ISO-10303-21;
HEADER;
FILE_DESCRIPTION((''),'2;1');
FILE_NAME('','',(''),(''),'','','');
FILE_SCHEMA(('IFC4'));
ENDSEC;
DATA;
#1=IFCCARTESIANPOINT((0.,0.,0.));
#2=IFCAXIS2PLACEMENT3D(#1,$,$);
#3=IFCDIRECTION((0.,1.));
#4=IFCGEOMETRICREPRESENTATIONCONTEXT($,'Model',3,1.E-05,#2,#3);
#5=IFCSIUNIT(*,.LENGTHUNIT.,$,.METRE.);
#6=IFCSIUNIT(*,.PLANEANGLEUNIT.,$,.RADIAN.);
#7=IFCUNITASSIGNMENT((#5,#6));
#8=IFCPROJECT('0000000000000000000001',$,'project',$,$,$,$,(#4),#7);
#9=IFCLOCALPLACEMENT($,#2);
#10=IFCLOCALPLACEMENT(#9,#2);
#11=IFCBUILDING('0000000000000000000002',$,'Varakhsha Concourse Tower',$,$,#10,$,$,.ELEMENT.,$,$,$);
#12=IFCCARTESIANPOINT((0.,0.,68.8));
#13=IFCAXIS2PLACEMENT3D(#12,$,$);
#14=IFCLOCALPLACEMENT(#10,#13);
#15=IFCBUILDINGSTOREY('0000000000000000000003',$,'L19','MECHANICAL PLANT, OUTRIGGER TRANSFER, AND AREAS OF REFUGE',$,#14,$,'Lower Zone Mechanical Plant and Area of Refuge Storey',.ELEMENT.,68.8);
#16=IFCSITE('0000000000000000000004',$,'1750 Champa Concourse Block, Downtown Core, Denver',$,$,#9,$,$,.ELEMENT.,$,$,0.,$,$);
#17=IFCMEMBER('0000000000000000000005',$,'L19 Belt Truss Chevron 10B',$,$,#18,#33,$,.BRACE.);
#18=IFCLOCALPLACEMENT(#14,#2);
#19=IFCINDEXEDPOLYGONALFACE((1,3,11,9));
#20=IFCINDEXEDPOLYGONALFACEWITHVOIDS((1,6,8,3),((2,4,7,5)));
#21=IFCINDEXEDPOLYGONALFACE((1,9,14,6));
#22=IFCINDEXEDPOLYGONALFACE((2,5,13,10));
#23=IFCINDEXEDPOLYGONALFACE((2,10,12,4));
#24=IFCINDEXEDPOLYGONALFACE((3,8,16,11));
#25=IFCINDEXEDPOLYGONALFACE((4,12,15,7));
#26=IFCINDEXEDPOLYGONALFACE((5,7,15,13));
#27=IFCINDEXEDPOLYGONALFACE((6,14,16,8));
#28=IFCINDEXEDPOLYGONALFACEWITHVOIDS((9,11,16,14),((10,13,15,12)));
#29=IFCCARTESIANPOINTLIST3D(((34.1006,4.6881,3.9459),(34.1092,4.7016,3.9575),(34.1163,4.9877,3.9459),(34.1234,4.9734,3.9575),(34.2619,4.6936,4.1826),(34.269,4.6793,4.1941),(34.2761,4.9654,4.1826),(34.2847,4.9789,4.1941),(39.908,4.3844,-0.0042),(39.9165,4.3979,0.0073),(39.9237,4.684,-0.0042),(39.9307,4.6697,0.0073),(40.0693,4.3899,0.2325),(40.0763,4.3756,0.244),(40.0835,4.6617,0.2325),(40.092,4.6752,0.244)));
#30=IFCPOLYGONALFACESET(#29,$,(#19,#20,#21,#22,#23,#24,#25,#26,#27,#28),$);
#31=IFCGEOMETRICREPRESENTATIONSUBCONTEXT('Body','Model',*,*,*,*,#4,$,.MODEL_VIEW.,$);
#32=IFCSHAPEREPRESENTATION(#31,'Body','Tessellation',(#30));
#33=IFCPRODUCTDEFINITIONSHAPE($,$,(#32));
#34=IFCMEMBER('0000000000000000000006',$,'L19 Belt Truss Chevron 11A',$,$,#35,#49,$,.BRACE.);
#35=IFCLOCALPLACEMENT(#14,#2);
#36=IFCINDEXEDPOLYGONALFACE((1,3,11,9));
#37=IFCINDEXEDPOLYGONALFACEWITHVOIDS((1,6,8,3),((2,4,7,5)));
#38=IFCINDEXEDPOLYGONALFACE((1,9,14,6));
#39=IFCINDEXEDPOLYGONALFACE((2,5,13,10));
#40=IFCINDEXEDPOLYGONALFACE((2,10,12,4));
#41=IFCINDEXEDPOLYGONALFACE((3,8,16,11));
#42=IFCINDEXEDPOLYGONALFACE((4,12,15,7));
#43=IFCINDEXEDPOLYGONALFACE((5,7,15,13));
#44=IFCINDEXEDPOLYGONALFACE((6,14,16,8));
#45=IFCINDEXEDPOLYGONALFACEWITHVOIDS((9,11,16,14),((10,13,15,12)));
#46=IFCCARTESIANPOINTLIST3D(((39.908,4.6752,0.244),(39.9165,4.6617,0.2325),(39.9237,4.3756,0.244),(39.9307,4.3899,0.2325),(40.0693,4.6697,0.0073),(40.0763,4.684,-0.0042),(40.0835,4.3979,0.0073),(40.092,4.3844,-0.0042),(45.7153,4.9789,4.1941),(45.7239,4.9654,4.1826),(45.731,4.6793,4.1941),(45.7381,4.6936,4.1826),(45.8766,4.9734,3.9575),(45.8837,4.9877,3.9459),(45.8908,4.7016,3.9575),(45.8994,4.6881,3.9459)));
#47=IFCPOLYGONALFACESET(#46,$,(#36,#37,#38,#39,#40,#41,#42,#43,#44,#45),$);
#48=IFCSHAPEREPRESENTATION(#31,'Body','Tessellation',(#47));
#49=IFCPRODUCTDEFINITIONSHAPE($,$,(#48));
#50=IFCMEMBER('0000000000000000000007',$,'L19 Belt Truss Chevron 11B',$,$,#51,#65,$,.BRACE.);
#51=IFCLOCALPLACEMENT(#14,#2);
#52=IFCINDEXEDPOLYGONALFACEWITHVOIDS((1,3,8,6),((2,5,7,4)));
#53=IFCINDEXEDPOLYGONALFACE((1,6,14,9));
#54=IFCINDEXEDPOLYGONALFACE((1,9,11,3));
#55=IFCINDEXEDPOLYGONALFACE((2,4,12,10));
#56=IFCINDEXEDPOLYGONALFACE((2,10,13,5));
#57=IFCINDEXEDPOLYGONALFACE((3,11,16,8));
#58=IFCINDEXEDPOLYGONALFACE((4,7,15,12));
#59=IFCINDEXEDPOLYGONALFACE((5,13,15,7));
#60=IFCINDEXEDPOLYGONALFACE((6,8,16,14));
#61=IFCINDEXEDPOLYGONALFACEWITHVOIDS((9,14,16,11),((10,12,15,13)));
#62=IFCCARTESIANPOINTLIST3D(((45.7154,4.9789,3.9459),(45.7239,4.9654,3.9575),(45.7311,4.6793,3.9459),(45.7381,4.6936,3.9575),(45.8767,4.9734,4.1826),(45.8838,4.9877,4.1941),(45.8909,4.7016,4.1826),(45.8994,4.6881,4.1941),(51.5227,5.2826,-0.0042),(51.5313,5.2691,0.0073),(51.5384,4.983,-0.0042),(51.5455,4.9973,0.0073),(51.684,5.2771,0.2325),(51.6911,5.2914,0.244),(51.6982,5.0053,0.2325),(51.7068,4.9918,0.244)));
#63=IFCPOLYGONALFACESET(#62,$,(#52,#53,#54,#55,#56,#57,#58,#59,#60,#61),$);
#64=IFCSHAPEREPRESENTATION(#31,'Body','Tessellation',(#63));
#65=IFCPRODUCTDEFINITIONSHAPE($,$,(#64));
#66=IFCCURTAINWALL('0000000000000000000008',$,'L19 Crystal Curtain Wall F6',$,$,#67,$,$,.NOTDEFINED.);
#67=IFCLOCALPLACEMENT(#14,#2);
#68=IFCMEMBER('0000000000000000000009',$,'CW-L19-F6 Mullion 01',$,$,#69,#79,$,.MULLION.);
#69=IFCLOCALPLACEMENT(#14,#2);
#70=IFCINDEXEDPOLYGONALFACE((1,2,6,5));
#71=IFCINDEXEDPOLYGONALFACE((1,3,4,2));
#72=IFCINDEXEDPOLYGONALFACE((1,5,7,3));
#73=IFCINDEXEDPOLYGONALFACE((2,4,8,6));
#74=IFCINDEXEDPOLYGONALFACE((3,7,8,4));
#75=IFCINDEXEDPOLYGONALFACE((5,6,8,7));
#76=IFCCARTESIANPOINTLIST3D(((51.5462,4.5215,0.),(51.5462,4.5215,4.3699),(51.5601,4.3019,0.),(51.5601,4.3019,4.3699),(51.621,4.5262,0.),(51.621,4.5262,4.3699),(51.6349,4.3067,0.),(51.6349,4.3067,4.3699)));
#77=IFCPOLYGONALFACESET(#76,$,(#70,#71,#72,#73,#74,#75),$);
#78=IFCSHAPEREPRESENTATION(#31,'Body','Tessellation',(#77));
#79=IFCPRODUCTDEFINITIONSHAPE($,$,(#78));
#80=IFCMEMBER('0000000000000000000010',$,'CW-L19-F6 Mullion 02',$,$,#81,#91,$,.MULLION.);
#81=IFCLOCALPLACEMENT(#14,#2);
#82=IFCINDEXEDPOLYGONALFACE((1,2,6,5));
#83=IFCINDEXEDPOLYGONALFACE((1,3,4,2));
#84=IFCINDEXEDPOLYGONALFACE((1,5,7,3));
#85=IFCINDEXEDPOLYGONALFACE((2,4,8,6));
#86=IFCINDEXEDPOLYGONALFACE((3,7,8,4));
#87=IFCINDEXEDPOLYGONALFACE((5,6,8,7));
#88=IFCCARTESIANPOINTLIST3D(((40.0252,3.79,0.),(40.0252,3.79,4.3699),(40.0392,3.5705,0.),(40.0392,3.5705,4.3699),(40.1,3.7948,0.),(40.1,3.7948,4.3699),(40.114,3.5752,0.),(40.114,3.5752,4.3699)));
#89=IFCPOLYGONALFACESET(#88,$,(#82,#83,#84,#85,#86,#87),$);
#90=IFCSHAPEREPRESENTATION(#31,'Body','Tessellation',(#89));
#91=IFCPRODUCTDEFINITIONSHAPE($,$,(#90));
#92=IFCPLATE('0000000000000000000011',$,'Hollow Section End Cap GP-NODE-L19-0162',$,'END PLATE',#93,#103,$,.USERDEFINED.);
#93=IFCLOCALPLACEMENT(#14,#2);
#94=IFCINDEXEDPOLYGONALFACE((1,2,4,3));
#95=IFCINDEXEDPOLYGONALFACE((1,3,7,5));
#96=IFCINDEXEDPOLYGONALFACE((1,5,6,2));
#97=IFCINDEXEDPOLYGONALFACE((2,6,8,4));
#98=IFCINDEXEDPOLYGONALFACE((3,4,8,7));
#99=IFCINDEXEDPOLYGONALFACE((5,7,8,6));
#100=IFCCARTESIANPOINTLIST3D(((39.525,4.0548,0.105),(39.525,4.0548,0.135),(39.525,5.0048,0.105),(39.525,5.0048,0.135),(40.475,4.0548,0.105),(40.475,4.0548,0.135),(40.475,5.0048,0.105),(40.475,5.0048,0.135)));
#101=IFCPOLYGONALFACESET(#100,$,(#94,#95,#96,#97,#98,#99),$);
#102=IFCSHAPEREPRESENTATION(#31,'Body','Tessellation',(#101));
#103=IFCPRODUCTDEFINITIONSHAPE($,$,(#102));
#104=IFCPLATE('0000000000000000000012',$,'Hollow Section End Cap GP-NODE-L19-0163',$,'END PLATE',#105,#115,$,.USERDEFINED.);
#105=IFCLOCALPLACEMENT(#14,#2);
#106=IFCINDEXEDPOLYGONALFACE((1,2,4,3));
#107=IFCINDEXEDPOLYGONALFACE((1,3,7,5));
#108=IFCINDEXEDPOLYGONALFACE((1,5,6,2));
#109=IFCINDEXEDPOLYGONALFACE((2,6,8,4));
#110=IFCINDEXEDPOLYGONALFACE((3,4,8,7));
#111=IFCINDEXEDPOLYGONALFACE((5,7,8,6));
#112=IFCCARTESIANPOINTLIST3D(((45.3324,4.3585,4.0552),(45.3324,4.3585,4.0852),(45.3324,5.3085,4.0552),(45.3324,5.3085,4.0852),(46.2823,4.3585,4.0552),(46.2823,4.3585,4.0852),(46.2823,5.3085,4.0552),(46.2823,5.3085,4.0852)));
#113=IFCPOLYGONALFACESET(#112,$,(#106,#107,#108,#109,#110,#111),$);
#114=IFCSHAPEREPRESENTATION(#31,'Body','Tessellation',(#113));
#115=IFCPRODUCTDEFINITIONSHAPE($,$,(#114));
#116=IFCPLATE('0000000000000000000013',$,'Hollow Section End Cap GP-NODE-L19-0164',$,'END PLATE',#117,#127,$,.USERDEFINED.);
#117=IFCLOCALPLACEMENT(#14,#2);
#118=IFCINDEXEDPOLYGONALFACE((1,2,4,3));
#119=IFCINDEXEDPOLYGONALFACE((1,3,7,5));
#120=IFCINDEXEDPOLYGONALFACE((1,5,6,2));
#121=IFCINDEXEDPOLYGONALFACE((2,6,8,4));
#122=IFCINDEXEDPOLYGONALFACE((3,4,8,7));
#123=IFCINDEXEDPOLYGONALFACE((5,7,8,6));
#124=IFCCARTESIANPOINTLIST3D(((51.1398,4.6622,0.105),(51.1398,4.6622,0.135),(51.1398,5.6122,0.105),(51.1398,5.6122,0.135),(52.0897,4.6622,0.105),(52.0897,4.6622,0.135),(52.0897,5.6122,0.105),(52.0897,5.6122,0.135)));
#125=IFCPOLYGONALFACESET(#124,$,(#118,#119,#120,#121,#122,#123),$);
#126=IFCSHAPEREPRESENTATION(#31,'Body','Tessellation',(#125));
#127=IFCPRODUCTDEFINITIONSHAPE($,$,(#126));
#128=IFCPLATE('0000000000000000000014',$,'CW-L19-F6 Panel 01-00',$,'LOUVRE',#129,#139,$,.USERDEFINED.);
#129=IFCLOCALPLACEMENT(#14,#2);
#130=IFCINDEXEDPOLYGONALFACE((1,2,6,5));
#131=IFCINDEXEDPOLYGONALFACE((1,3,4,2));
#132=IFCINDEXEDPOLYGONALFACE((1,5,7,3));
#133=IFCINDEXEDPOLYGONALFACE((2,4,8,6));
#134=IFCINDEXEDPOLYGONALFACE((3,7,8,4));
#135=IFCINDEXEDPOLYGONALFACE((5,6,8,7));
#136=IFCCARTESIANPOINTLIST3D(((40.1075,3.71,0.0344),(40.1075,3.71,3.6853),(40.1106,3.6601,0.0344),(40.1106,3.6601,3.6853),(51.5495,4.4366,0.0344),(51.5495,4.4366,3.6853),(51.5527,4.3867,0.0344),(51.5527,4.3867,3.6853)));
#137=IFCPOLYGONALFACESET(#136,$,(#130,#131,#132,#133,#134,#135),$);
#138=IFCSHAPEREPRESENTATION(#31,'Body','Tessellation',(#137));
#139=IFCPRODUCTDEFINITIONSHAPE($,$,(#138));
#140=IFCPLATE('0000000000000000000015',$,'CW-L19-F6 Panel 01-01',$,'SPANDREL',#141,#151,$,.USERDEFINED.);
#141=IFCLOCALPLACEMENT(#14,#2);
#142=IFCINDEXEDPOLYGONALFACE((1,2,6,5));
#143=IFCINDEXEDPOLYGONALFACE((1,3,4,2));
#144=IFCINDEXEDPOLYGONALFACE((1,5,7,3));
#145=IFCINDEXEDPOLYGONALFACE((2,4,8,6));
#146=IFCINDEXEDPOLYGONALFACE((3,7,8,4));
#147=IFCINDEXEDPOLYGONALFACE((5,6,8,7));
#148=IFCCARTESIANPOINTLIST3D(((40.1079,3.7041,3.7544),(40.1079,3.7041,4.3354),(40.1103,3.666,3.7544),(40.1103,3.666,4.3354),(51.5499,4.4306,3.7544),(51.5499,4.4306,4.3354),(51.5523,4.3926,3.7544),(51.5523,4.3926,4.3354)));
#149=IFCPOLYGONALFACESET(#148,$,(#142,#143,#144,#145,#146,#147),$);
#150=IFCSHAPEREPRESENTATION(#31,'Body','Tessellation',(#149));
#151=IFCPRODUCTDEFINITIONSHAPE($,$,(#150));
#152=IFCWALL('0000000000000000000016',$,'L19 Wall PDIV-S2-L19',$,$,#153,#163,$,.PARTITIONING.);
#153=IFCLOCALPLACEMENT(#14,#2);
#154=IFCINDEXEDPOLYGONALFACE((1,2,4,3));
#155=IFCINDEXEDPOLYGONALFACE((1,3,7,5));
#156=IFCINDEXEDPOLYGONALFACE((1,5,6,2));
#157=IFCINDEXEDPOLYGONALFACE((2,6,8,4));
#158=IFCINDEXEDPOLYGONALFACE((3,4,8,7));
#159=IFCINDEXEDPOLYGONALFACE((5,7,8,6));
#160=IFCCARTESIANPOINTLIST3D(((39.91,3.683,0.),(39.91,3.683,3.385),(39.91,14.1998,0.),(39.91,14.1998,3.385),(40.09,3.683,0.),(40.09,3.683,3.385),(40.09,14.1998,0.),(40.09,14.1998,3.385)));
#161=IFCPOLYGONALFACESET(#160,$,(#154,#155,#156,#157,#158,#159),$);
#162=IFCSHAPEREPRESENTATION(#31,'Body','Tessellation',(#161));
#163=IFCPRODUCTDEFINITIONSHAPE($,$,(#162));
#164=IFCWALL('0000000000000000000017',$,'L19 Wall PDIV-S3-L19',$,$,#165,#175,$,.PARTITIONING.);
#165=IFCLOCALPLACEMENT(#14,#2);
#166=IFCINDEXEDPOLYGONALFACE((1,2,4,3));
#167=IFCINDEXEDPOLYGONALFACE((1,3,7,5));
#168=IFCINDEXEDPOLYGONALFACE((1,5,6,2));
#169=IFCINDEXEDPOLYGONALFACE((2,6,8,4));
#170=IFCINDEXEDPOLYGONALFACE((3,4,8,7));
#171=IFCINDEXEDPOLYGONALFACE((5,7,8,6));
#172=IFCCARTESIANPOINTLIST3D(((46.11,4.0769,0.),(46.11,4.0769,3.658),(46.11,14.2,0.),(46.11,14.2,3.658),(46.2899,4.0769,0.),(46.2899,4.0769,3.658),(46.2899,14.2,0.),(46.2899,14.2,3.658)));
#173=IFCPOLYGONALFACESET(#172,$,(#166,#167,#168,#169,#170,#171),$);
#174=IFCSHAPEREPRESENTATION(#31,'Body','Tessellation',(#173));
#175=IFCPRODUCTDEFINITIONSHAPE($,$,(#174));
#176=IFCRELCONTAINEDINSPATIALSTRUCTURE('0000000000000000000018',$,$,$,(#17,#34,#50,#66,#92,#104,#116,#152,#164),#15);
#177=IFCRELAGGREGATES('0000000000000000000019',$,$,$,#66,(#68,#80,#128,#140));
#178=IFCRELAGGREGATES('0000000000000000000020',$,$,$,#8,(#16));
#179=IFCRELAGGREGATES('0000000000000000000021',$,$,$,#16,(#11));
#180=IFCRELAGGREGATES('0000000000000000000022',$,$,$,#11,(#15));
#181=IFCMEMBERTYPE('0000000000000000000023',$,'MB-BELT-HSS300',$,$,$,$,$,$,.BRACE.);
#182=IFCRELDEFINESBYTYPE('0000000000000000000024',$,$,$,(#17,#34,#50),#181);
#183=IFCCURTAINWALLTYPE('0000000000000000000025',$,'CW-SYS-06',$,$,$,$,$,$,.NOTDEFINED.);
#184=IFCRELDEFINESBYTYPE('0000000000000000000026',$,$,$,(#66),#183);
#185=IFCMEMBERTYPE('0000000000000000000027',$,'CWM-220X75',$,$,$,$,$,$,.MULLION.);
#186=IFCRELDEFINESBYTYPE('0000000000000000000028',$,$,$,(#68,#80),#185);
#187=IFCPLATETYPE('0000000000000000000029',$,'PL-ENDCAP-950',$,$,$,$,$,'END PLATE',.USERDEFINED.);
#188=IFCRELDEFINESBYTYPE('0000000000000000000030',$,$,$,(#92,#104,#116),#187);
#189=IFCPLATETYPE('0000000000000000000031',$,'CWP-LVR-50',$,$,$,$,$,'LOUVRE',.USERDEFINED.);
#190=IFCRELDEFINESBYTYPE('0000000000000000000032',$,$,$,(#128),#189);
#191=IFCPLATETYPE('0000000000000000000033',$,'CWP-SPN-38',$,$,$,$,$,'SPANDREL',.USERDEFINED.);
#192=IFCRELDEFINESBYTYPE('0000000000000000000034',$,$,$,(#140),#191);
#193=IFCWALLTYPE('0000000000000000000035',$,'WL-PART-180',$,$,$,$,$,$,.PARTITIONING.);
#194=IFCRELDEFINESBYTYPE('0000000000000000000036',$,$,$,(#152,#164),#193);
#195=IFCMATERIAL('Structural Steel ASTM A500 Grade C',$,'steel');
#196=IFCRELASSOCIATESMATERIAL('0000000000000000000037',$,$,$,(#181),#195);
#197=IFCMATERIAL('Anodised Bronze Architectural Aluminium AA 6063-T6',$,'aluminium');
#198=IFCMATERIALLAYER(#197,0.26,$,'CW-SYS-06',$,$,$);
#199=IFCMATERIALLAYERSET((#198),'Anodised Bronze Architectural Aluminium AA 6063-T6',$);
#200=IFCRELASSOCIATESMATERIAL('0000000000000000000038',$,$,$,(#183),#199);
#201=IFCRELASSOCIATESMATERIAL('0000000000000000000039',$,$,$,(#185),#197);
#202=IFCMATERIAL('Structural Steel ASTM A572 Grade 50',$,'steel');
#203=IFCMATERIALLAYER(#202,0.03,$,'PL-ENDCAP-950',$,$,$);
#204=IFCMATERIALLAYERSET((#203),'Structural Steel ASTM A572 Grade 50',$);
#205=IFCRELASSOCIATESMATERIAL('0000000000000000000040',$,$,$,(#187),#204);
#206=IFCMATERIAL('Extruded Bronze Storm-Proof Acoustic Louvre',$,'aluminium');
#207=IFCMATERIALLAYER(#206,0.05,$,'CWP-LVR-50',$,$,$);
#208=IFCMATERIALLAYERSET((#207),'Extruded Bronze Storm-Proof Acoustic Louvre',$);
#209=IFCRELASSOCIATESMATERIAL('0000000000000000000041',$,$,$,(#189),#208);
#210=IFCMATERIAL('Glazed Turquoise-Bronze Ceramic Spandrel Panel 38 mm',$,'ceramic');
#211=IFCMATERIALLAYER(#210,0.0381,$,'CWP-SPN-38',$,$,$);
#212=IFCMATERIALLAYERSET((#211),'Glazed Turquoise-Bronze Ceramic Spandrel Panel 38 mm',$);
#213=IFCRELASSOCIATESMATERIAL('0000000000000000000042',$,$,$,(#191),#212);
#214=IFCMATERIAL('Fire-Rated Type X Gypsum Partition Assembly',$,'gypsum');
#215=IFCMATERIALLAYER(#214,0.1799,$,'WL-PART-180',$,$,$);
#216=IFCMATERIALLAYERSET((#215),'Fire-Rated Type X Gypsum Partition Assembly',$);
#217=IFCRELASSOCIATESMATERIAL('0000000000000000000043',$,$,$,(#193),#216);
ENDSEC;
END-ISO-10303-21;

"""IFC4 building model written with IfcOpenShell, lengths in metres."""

from ifc_helpers import new_model, si_unit, direction, frame, frame_2d, origin, origin_2d, place, context, subcontext, project, spatial, rectangle, hollow_rectangle, extrude, source, transform, mapped, material, layer, layer_set, material_profile, profile_set, type_object, type_shapes, element, aggregate, save


model = new_model("IFC4")

# Units and contexts
model_context = context("Model", 3, precision=1e-05, world=origin(), true_north=direction((0.0, 1.0)))
body_context = subcontext(model_context, "Body", "Model", "MODEL_VIEW")
ifc_project = project(units=[si_unit("LENGTHUNIT", "METRE"), si_unit("PLANEANGLEUNIT", "RADIAN")], contexts=[model_context])

# Site, building, storey
site_placement = place(None, origin())
site = spatial("IfcSite", under=ifc_project, at=site_placement, Name="1750 Champa Concourse Block, Downtown Core, Denver", CompositionType="ELEMENT", RefElevation=0.0)
building_placement = place(site_placement, origin())
building = spatial("IfcBuilding", under=site, at=building_placement, Name="Varakhsha Concourse Tower", CompositionType="ELEMENT")
storey_placement = place(building_placement, frame((0.0, 0.0, 68.8)))
storey = spatial("IfcBuildingStorey", under=building, at=storey_placement, Name="L19", Description="MECHANICAL PLANT, OUTRIGGER TRANSFER, AND AREAS OF REFUGE", LongName="Lower Zone Mechanical Plant and Area of Refuge Storey", CompositionType="ELEMENT", Elevation=68.8)

# Shared definitions
ifc_material_1 = material(Name="Structural Steel ASTM A572 Grade 50", Category="steel")

# Members
ifc_material_2 = material(Name="Structural Steel ASTM A500 Grade C", Category="steel")
ifc_material_profile_1 = material_profile(ifc_material_2, hollow_rectangle(XDim=0.3, YDim=0.3, WallThickness=0.0139, at=origin_2d()), Name="HSS 300x300x14")
ifc_profile_set_1 = profile_set([ifc_material_profile_1], Name="Structural Steel ASTM A500 Grade C")
member_type_1 = type_object("IfcMemberType", Name="MB-BELT-HSS300", PredefinedType="BRACE", material=ifc_profile_set_1)
shared_shape_1 = source(origin(), body_context, "Body", "SweptSolid", [
    extrude(hollow_rectangle(XDim=0.3, YDim=0.3, WallThickness=0.0139, at=origin_2d()), origin(), (0.0, 0.0, 1.0), 7.03),
])
for number, where, z_axis, x_axis, name in (
    (1, (40.0, 4.5298, 0.1199), (-0.826076, 0.043202, 0.5619), (-0.052226, -0.998635, 0.0), "L19 Belt Truss Chevron 10B"),
    (2, (40.0, 4.5298, 0.1199), (0.826076, 0.043202, 0.5619), (-0.052226, 0.998635, 0.0), "L19 Belt Truss Chevron 11A"),
    (3, (51.6147, 5.1372, 0.1199), (-0.826076, -0.043202, 0.5619), (0.052226, -0.998635, 0.0), "L19 Belt Truss Chevron 11B"),
):
    element("IfcMember", number, at=place(storey_placement, frame(where, z_axis=z_axis, x_axis=x_axis)), inside=storey, type_object=member_type_1, Name=name, PredefinedType="BRACE", context=body_context, shape_type="MappedRepresentation", body=[
        mapped(shared_shape_1, transform((0.0, 0.0, 0.0), scale=1.0)),
    ])

# Curtain wall, members
ifc_material_3 = material(Name="Anodised Bronze Architectural Aluminium AA 6063-T6", Category="aluminium")
ifc_layer_1 = layer(ifc_material_3, 0.26, Name="CW-SYS-06")
ifc_layer_set_1 = layer_set([ifc_layer_1], Name="Anodised Bronze Architectural Aluminium AA 6063-T6")
curtain_wall_type = type_object("IfcCurtainWallType", Name="CW-SYS-06", PredefinedType="NOTDEFINED", material=ifc_layer_set_1)
curtain_wall_placement = place(storey_placement, origin())
curtain_wall = element("IfcCurtainWall", 4, at=curtain_wall_placement, inside=storey, type_object=curtain_wall_type, Name="L19 Crystal Curtain Wall F6", PredefinedType="NOTDEFINED")
ifc_material_profile_2 = material_profile(ifc_material_3, rectangle(XDim=0.075, YDim=0.22, at=origin_2d()), Name="CWM-220X75")
ifc_profile_set_2 = profile_set([ifc_material_profile_2], Name="Anodised Bronze Architectural Aluminium AA 6063-T6")
member_type_2 = type_object("IfcMemberType", Name="CWM-220X75", PredefinedType="MULLION", material=ifc_profile_set_2)
shared_shape_2 = source(origin(), body_context, "Body", "SweptSolid", [
    extrude(rectangle(XDim=0.075, YDim=0.22, at=origin_2d()), origin(), (0.0, 0.0, 1.0), 4.3699),
])
type_shapes(member_type_2, [shared_shape_2])
member_1_placement = place(storey_placement, frame((51.5906, 4.4141, 0.0), z_axis=(0.0, 0.0, 1.0), x_axis=(-0.99799, -0.063374, 0.0)))
member_1 = element("IfcMember", 5, at=member_1_placement, type_object=member_type_2, Name="CW-L19-F6 Mullion 01", PredefinedType="MULLION", context=body_context, shape_type="MappedRepresentation", body=[
    mapped(shared_shape_2, transform((0.0, 0.0, 0.0), scale=1.0)),
])
member_2_placement = place(storey_placement, frame((40.0696, 3.6826, 0.0), z_axis=(0.0, 0.0, 1.0), x_axis=(-0.99799, -0.063374, 0.0)))
member_2 = element("IfcMember", 6, at=member_2_placement, type_object=member_type_2, Name="CW-L19-F6 Mullion 02", PredefinedType="MULLION", context=body_context, shape_type="MappedRepresentation", body=[
    mapped(shared_shape_2, transform((0.0, 0.0, 0.0), scale=1.0)),
])

# Plates
ifc_layer_2 = layer(ifc_material_1, 0.03, Name="PL-ENDCAP-950")
ifc_layer_set_2 = layer_set([ifc_layer_2], Name="Structural Steel ASTM A572 Grade 50")
plate_type_1 = type_object("IfcPlateType", Name="PL-ENDCAP-950", ElementType="END PLATE", PredefinedType="USERDEFINED", material=ifc_layer_set_2)
shared_shape_3 = source(origin(), body_context, "Body", "SweptSolid", [
    extrude(rectangle(XDim=0.95, YDim=0.95, at=origin_2d()), origin(), (0.0, 0.0, 1.0), 0.03),
])
type_shapes(plate_type_1, [shared_shape_3])
for number, where, z_axis, x_axis, name in (
    (7, (40.0, 4.5298, 0.105), (0.0, 0.0, 1.0), (1.0, 0.0, 0.0), "Hollow Section End Cap GP-NODE-L19-0162"),
    (8, (45.8074, 4.8335, 4.0552), (0.0, 0.0, 1.0), (1.0, 0.0, 0.0), "Hollow Section End Cap GP-NODE-L19-0163"),
    (9, (51.6147, 5.1372, 0.105), (0.0, 0.0, 1.0), (1.0, 0.0, 0.0), "Hollow Section End Cap GP-NODE-L19-0164"),
):
    element("IfcPlate", number, at=place(storey_placement, frame(where, z_axis=z_axis, x_axis=x_axis)), inside=storey, type_object=plate_type_1, Name=name, ObjectType="END PLATE", PredefinedType="USERDEFINED", context=body_context, shape_type="MappedRepresentation", body=[
        mapped(shared_shape_3, transform((0.0, 0.0, 0.0), scale=1.0)),
    ])

# Plates
ifc_material_4 = material(Name="Extruded Bronze Storm-Proof Acoustic Louvre", Category="aluminium")
ifc_layer_3 = layer(ifc_material_4, 0.05, Name="CWP-LVR-50")
ifc_layer_set_3 = layer_set([ifc_layer_3], Name="Extruded Bronze Storm-Proof Acoustic Louvre")
plate_type_2 = type_object("IfcPlateType", Name="CWP-LVR-50", ElementType="LOUVRE", PredefinedType="USERDEFINED", material=ifc_layer_set_3)
shared_shape_4 = source(origin(), body_context, "Body", "SweptSolid", [
    extrude(rectangle(XDim=11.4651, YDim=0.05, at=origin_2d()), origin(), (0.0, 0.0, 1.0), 3.6509),
])
type_shapes(plate_type_2, [shared_shape_4])
plate_1_placement = place(storey_placement, frame((45.8301, 4.0483, 0.0344), z_axis=(0.0, 0.0, 1.0), x_axis=(-0.99799, -0.063374, 0.0)))
plate_1 = element("IfcPlate", 10, at=plate_1_placement, type_object=plate_type_2, Name="CW-L19-F6 Panel 01-00", ObjectType="LOUVRE", PredefinedType="USERDEFINED", context=body_context, shape_type="MappedRepresentation", body=[
    mapped(shared_shape_4, transform((0.0, 0.0, 0.0), scale=1.0)),
])
ifc_material_5 = material(Name="Glazed Turquoise-Bronze Ceramic Spandrel Panel 38 mm", Category="ceramic")
ifc_layer_4 = layer(ifc_material_5, 0.0381, Name="CWP-SPN-38")
ifc_layer_set_4 = layer_set([ifc_layer_4], Name="Glazed Turquoise-Bronze Ceramic Spandrel Panel 38 mm")
plate_type_3 = type_object("IfcPlateType", Name="CWP-SPN-38", ElementType="SPANDREL", PredefinedType="USERDEFINED", material=ifc_layer_set_4)
shared_shape_5 = source(origin(), body_context, "Body", "SweptSolid", [
    extrude(rectangle(XDim=11.4651, YDim=0.0381, at=origin_2d()), origin(), (0.0, 0.0, 1.0), 0.5811),
])
type_shapes(plate_type_3, [shared_shape_5])
plate_2_placement = place(storey_placement, frame((45.8301, 4.0483, 3.7544), z_axis=(0.0, 0.0, 1.0), x_axis=(-0.99799, -0.063374, 0.0)))
plate_2 = element("IfcPlate", 11, at=plate_2_placement, type_object=plate_type_3, Name="CW-L19-F6 Panel 01-01", ObjectType="SPANDREL", PredefinedType="USERDEFINED", context=body_context, shape_type="MappedRepresentation", body=[
    mapped(shared_shape_5, transform((0.0, 0.0, 0.0), scale=1.0)),
])
aggregate(curtain_wall, [member_1, member_2, plate_1, plate_2])

# Walls
ifc_material_6 = material(Name="Fire-Rated Type X Gypsum Partition Assembly", Category="gypsum")
ifc_layer_5 = layer(ifc_material_6, 0.1799, Name="WL-PART-180")
ifc_layer_set_5 = layer_set([ifc_layer_5], Name="Fire-Rated Type X Gypsum Partition Assembly")
wall_type = type_object("IfcWallType", Name="WL-PART-180", PredefinedType="PARTITIONING", material=ifc_layer_set_5)
wall_1_placement = place(storey_placement, frame((40.0, 3.6831, 0.0), z_axis=(0.0, 0.0, 1.0), x_axis=(0.0, 1.0, 0.0)))
element("IfcWall", 12, at=wall_1_placement, inside=storey, type_object=wall_type, Name="L19 Wall PDIV-S2-L19", PredefinedType="PARTITIONING", context=body_context, shape_type="SweptSolid", body=[
    extrude(rectangle(XDim=10.5168, YDim=0.1799, at=frame_2d((5.2583, 0.0))), origin(), (0.0, 0.0, 1.0), 3.385),
])
wall_2_placement = place(storey_placement, frame((46.2, 4.0769, 0.0), z_axis=(0.0, 0.0, 1.0), x_axis=(0.0, 1.0, 0.0)))
element("IfcWall", 13, at=wall_2_placement, inside=storey, type_object=wall_type, Name="L19 Wall PDIV-S3-L19", PredefinedType="PARTITIONING", context=body_context, shape_type="SweptSolid", body=[
    extrude(rectangle(XDim=10.123, YDim=0.1799, at=frame_2d((5.0615, 0.0))), origin(), (0.0, 0.0, 1.0), 3.658),
])

save(model, "model.ifc")
